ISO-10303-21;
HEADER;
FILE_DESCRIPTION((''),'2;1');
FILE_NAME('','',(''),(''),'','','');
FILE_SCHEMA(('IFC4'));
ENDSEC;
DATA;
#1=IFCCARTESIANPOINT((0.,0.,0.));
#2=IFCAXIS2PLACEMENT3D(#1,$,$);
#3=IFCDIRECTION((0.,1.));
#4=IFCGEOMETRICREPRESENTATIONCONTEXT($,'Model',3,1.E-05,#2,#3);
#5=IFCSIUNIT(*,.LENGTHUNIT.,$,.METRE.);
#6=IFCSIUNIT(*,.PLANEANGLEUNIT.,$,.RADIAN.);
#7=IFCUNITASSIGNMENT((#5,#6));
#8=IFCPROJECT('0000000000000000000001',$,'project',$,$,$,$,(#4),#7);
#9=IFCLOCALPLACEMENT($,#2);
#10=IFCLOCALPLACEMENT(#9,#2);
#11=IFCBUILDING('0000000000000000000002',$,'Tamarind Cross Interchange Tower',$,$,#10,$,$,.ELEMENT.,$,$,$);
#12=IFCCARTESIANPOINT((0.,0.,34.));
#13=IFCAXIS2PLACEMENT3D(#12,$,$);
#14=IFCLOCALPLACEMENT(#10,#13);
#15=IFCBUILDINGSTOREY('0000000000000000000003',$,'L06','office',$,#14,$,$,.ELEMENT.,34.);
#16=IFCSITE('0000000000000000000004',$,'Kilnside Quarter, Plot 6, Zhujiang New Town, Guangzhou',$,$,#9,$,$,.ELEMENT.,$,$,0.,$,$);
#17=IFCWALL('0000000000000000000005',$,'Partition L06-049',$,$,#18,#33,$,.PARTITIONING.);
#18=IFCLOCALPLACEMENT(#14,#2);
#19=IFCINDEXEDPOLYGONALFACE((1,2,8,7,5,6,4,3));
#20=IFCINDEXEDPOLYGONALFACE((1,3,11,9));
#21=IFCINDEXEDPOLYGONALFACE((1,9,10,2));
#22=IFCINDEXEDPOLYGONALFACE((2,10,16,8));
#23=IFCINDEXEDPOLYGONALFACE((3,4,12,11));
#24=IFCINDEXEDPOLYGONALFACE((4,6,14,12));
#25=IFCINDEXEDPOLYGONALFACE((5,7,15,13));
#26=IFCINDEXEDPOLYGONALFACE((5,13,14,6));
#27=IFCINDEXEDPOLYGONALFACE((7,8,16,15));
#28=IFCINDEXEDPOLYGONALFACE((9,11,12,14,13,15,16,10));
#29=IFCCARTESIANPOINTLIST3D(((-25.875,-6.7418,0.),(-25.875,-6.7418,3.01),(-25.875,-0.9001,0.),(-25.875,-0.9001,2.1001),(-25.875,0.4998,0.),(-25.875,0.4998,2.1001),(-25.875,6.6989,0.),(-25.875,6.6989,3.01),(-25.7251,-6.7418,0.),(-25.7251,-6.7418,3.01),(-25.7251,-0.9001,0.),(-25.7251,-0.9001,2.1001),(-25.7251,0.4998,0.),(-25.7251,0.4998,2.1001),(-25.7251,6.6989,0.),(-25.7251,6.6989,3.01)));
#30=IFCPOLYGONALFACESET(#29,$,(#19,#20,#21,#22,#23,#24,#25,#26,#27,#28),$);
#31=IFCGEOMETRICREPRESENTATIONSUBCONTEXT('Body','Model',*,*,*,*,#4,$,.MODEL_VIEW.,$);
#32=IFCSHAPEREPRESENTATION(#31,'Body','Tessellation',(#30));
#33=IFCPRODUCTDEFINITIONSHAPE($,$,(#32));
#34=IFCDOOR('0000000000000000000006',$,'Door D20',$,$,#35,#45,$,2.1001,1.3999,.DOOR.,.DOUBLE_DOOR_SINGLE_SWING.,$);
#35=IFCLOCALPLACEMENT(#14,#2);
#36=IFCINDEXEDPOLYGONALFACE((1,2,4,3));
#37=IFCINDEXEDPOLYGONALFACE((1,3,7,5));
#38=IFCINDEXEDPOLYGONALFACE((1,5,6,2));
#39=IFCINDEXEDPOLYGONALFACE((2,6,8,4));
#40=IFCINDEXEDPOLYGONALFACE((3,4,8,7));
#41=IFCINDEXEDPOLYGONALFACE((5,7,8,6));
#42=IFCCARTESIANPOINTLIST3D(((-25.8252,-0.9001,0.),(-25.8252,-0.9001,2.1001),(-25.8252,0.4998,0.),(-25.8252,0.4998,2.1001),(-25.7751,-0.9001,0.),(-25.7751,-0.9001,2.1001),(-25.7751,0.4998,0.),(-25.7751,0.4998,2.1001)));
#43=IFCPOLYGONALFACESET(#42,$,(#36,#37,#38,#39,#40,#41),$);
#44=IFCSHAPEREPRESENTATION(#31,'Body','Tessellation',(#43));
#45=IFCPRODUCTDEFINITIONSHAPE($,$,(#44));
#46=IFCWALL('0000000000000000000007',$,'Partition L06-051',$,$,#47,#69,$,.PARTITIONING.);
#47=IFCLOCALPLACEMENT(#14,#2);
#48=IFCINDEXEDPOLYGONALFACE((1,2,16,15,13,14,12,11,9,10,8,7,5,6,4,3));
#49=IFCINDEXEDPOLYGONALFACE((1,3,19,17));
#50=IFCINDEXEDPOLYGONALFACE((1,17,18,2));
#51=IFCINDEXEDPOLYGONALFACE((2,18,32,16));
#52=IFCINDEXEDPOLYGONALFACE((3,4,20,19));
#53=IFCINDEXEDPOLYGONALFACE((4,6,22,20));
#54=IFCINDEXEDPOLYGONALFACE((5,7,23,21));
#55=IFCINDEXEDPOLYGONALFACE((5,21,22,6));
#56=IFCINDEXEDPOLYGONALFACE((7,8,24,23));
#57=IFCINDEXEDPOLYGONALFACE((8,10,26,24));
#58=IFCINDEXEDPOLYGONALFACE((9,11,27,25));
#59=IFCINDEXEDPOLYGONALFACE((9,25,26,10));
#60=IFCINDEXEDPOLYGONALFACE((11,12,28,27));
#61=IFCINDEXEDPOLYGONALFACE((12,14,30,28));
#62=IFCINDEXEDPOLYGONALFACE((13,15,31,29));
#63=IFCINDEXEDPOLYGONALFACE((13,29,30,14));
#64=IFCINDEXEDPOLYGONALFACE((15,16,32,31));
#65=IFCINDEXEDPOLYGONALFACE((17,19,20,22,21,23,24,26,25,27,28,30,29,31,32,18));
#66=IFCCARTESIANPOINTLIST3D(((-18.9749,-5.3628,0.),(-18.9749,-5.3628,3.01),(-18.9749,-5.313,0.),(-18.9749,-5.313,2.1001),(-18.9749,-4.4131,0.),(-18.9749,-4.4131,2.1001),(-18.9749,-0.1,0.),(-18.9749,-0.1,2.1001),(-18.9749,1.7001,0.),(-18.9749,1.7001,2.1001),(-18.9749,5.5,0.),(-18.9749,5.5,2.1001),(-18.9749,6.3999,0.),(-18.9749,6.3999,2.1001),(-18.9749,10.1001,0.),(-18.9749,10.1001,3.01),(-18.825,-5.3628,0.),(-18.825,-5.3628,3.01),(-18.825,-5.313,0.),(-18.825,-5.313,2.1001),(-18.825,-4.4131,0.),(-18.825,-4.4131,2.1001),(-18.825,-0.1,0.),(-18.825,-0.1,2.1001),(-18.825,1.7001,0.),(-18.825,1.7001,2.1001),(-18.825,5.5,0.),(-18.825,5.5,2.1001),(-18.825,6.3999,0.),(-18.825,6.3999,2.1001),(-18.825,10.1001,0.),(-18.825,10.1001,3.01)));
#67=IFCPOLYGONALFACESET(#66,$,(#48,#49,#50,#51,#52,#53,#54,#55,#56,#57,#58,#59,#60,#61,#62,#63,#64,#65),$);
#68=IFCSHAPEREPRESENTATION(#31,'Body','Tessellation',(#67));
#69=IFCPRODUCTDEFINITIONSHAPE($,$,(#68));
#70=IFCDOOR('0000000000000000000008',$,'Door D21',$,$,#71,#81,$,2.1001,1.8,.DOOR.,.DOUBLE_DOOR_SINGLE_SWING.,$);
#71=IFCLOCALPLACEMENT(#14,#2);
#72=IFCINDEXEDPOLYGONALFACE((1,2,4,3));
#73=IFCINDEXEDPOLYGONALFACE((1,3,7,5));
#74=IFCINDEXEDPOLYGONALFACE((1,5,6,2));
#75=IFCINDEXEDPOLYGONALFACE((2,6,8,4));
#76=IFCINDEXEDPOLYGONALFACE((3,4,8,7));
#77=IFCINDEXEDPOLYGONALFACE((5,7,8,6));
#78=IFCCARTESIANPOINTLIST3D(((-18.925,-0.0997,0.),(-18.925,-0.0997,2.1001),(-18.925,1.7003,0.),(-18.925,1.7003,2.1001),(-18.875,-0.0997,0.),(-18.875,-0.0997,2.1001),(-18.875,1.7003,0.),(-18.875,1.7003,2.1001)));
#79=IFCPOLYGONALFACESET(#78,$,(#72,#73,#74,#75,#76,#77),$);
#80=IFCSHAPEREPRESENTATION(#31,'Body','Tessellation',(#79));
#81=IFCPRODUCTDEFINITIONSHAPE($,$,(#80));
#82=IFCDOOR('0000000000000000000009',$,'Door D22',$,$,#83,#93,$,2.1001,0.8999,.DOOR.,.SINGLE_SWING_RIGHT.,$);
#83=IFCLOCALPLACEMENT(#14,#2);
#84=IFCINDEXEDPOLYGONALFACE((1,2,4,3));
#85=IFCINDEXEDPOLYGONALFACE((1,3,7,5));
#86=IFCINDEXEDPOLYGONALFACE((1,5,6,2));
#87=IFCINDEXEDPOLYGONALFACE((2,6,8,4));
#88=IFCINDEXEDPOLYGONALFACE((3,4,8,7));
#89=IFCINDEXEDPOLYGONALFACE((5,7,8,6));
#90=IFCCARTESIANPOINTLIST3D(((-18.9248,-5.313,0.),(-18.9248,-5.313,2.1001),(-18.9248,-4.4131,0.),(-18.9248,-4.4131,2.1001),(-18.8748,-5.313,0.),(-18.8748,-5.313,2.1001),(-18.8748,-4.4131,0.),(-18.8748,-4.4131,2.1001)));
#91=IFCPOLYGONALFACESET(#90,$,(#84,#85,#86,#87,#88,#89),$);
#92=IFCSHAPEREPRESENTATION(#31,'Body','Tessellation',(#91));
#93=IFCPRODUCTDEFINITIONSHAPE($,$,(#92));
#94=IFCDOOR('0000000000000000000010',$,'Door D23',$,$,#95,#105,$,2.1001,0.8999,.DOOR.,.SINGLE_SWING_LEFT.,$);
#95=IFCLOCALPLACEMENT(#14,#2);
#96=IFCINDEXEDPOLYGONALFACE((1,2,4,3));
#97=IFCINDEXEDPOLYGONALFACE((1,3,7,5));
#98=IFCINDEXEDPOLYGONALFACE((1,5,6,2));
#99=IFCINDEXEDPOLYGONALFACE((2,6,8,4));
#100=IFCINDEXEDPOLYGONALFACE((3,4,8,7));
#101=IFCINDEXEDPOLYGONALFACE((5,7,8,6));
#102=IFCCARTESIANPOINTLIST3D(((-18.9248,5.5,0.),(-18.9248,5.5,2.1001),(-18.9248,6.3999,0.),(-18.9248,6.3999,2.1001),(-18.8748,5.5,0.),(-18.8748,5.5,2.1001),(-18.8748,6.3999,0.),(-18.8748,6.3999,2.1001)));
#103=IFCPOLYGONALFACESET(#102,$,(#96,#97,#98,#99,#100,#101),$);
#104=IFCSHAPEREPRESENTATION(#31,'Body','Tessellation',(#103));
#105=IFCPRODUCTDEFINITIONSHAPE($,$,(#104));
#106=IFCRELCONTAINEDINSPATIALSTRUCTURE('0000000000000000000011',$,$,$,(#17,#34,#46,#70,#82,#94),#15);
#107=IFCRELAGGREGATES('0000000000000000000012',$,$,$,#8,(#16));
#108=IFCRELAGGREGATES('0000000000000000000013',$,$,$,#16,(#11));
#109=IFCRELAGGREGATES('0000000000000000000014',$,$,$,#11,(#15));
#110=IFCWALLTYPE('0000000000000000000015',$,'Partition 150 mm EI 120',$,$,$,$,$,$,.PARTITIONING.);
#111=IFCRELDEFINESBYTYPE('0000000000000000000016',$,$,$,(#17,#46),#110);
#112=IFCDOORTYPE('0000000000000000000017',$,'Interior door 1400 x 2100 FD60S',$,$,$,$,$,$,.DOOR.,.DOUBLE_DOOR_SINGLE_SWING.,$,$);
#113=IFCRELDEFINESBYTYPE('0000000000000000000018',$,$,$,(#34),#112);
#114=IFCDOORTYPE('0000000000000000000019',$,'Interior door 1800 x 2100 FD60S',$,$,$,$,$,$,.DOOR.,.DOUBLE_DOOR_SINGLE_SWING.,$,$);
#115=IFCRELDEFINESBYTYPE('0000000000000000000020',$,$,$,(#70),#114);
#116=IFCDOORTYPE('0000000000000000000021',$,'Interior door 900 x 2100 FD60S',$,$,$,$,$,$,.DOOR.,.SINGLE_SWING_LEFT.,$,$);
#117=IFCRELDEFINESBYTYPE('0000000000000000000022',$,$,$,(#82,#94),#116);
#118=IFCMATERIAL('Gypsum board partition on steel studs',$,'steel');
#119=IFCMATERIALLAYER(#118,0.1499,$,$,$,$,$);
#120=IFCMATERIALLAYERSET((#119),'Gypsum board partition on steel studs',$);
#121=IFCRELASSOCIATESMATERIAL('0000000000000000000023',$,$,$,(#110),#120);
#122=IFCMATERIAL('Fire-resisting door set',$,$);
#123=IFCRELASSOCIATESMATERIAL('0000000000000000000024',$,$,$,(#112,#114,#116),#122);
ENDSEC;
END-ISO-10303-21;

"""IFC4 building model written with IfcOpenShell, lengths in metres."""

from ifc_helpers import new_model, si_unit, direction, frame, frame_2d, origin, place, context, subcontext, project, spatial, rectangle, extrude, material, layer, layer_set, type_object, element, fill, save


model = new_model("IFC4")

# Units and contexts
model_context = context("Model", 3, precision=1e-05, world=origin(), true_north=direction((0.0, 1.0)))
body_context = subcontext(model_context, "Body", "Model", "MODEL_VIEW")
ifc_project = project(units=[si_unit("LENGTHUNIT", "METRE"), si_unit("PLANEANGLEUNIT", "RADIAN")], contexts=[model_context])

# Site, building, storey
site_placement = place(None, origin())
site = spatial("IfcSite", under=ifc_project, at=site_placement, Name="Kilnside Quarter, Plot 6, Zhujiang New Town, Guangzhou", CompositionType="ELEMENT", RefElevation=0.0)
building_placement = place(site_placement, origin())
building = spatial("IfcBuilding", under=site, at=building_placement, Name="Tamarind Cross Interchange Tower", CompositionType="ELEMENT")
storey_placement = place(building_placement, frame((0.0, 0.0, 34.0)))
storey = spatial("IfcBuildingStorey", under=building, at=storey_placement, Name="L06", Description="office", CompositionType="ELEMENT", Elevation=34.0)

# Shared definitions
ifc_material_1 = material(Name="Gypsum board partition on steel studs", Category="steel")
ifc_layer_1 = layer(ifc_material_1, 0.1499)
ifc_layer_set_1 = layer_set([ifc_layer_1], Name="Gypsum board partition on steel studs")
wall_type_1 = type_object("IfcWallType", Name="Partition 150 mm EI 120", PredefinedType="PARTITIONING", material=ifc_layer_set_1)

# Wall, opening, door
wall_1_placement = place(storey_placement, frame((-25.8, -6.7417, 0.0), z_axis=(0.0, 0.0, 1.0), x_axis=(0.0, 1.0, 0.0)))
wall_1 = element("IfcWall", 1, at=wall_1_placement, inside=storey, type_object=wall_type_1, Name="Partition L06-049", PredefinedType="PARTITIONING", context=body_context, shape_type="SweptSolid", body=[
    extrude(rectangle(XDim=13.4407, YDim=0.1499, at=frame_2d((6.7202, 0.0))), origin(), (0.0, 0.0, 1.0), 3.01),
])
opening_1_placement = place(wall_1_placement, frame((5.8416, 0.0, 0.0)))
opening_1 = element("IfcOpeningElement", 2, at=opening_1_placement, cuts=wall_1, PredefinedType="OPENING", context=body_context, shape_type="SweptSolid", body=[
    extrude(rectangle(XDim=1.3999, YDim=2.1001, at=frame_2d((0.7, 1.05))), frame((0.0, 0.085, 0.0), z_axis=(0.0, -1.0, 0.0), x_axis=(1.0, 0.0, 0.0)), (0.0, 0.0, 1.0), 0.1699),
])
ifc_material_2 = material(Name="Fire-resisting door set")
door_type_1 = type_object("IfcDoorType", Name="Interior door 1400 x 2100 FD60S", OperationType="DOUBLE_DOOR_SINGLE_SWING", PredefinedType="DOOR", material=ifc_material_2)
door_1_placement = place(opening_1_placement, frame((1.3999, 0.0, 0.0), z_axis=(0.0, 0.0, 1.0), x_axis=(-1.0, 0.0, 0.0)))
door_1 = element("IfcDoor", 3, at=door_1_placement, inside=storey, type_object=door_type_1, Name="Door D20", OperationType="DOUBLE_DOOR_SINGLE_SWING", OverallHeight=2.1001, OverallWidth=1.3999, PredefinedType="DOOR", context=body_context, shape_type="SweptSolid", body=[
    extrude(rectangle(XDim=1.3999, YDim=2.1001, at=frame_2d((0.7, 1.05))), frame((0.0, 0.0249, 0.0), z_axis=(0.0, -1.0, 0.0), x_axis=(1.0, 0.0, 0.0)), (0.0, 0.0, 1.0), 0.05),
])
fill(opening_1, door_1)

# Wall, openings, doors
wall_2_placement = place(storey_placement, frame((-18.8999, -5.3628, 0.0), z_axis=(0.0, 0.0, 1.0), x_axis=(0.0, 1.0, 0.0)))
wall_2 = element("IfcWall", 4, at=wall_2_placement, inside=storey, type_object=wall_type_1, Name="Partition L06-051", PredefinedType="PARTITIONING", context=body_context, shape_type="SweptSolid", body=[
    extrude(rectangle(XDim=15.4629, YDim=0.1499, at=frame_2d((7.7314, 0.0))), origin(), (0.0, 0.0, 1.0), 3.01),
])
opening_2_placement = place(wall_2_placement, frame((5.2629, 0.0, 0.0)))
opening_2 = element("IfcOpeningElement", 5, at=opening_2_placement, cuts=wall_2, PredefinedType="OPENING", context=body_context, shape_type="SweptSolid", body=[
    extrude(rectangle(XDim=1.8, YDim=2.1001, at=frame_2d((0.8999, 1.05))), frame((0.0, 0.085, 0.0), z_axis=(0.0, -1.0, 0.0), x_axis=(1.0, 0.0, 0.0)), (0.0, 0.0, 1.0), 0.1699),
])
opening_3_placement = place(wall_2_placement, frame((0.0498, 0.0, 0.0)))
opening_3 = element("IfcOpeningElement", 6, at=opening_3_placement, cuts=wall_2, PredefinedType="OPENING", context=body_context, shape_type="SweptSolid", body=[
    extrude(rectangle(XDim=0.8999, YDim=2.1001, at=frame_2d((0.45, 1.05))), frame((0.0, 0.085, 0.0), z_axis=(0.0, -1.0, 0.0), x_axis=(1.0, 0.0, 0.0)), (0.0, 0.0, 1.0), 0.1699),
])
opening_4_placement = place(wall_2_placement, frame((10.8628, 0.0, 0.0)))
opening_4 = element("IfcOpeningElement", 7, at=opening_4_placement, cuts=wall_2, PredefinedType="OPENING", context=body_context, shape_type="SweptSolid", body=[
    extrude(rectangle(XDim=0.8999, YDim=2.1001, at=frame_2d((0.45, 1.05))), frame((0.0, 0.085, 0.0), z_axis=(0.0, -1.0, 0.0), x_axis=(1.0, 0.0, 0.0)), (0.0, 0.0, 1.0), 0.1699),
])
door_type_2 = type_object("IfcDoorType", Name="Interior door 1800 x 2100 FD60S", OperationType="DOUBLE_DOOR_SINGLE_SWING", PredefinedType="DOOR", material=ifc_material_2)
door_2_placement = place(opening_2_placement, frame((1.8, 0.0, 0.0), z_axis=(0.0, 0.0, 1.0), x_axis=(-1.0, 0.0, 0.0)))
door_2 = element("IfcDoor", 8, at=door_2_placement, inside=storey, type_object=door_type_2, Name="Door D21", OperationType="DOUBLE_DOOR_SINGLE_SWING", OverallHeight=2.1001, OverallWidth=1.8, PredefinedType="DOOR", context=body_context, shape_type="SweptSolid", body=[
    extrude(rectangle(XDim=1.8, YDim=2.1001, at=frame_2d((0.8999, 1.05))), frame((0.0, 0.0249, 0.0), z_axis=(0.0, -1.0, 0.0), x_axis=(1.0, 0.0, 0.0)), (0.0, 0.0, 1.0), 0.05),
])
fill(opening_2, door_2)
door_type_3 = type_object("IfcDoorType", Name="Interior door 900 x 2100 FD60S", OperationType="SINGLE_SWING_LEFT", PredefinedType="DOOR", material=ifc_material_2)
door_3_placement = place(opening_3_placement, origin())
door_3 = element("IfcDoor", 9, at=door_3_placement, inside=storey, type_object=door_type_3, Name="Door D22", OperationType="SINGLE_SWING_RIGHT", OverallHeight=2.1001, OverallWidth=0.8999, PredefinedType="DOOR", context=body_context, shape_type="SweptSolid", body=[
    extrude(rectangle(XDim=0.8999, YDim=2.1001, at=frame_2d((0.45, 1.05))), frame((0.0, 0.0249, 0.0), z_axis=(0.0, -1.0, 0.0), x_axis=(1.0, 0.0, 0.0)), (0.0, 0.0, 1.0), 0.05),
])
fill(opening_3, door_3)
door_4_placement = place(opening_4_placement, origin())
door_4 = element("IfcDoor", 10, at=door_4_placement, inside=storey, type_object=door_type_3, Name="Door D23", OperationType="SINGLE_SWING_LEFT", OverallHeight=2.1001, OverallWidth=0.8999, PredefinedType="DOOR", context=body_context, shape_type="SweptSolid", body=[
    extrude(rectangle(XDim=0.8999, YDim=2.1001, at=frame_2d((0.45, 1.05))), frame((0.0, 0.0249, 0.0), z_axis=(0.0, -1.0, 0.0), x_axis=(1.0, 0.0, 0.0)), (0.0, 0.0, 1.0), 0.05),
])
fill(opening_4, door_4)

save(model, "model.ifc")
